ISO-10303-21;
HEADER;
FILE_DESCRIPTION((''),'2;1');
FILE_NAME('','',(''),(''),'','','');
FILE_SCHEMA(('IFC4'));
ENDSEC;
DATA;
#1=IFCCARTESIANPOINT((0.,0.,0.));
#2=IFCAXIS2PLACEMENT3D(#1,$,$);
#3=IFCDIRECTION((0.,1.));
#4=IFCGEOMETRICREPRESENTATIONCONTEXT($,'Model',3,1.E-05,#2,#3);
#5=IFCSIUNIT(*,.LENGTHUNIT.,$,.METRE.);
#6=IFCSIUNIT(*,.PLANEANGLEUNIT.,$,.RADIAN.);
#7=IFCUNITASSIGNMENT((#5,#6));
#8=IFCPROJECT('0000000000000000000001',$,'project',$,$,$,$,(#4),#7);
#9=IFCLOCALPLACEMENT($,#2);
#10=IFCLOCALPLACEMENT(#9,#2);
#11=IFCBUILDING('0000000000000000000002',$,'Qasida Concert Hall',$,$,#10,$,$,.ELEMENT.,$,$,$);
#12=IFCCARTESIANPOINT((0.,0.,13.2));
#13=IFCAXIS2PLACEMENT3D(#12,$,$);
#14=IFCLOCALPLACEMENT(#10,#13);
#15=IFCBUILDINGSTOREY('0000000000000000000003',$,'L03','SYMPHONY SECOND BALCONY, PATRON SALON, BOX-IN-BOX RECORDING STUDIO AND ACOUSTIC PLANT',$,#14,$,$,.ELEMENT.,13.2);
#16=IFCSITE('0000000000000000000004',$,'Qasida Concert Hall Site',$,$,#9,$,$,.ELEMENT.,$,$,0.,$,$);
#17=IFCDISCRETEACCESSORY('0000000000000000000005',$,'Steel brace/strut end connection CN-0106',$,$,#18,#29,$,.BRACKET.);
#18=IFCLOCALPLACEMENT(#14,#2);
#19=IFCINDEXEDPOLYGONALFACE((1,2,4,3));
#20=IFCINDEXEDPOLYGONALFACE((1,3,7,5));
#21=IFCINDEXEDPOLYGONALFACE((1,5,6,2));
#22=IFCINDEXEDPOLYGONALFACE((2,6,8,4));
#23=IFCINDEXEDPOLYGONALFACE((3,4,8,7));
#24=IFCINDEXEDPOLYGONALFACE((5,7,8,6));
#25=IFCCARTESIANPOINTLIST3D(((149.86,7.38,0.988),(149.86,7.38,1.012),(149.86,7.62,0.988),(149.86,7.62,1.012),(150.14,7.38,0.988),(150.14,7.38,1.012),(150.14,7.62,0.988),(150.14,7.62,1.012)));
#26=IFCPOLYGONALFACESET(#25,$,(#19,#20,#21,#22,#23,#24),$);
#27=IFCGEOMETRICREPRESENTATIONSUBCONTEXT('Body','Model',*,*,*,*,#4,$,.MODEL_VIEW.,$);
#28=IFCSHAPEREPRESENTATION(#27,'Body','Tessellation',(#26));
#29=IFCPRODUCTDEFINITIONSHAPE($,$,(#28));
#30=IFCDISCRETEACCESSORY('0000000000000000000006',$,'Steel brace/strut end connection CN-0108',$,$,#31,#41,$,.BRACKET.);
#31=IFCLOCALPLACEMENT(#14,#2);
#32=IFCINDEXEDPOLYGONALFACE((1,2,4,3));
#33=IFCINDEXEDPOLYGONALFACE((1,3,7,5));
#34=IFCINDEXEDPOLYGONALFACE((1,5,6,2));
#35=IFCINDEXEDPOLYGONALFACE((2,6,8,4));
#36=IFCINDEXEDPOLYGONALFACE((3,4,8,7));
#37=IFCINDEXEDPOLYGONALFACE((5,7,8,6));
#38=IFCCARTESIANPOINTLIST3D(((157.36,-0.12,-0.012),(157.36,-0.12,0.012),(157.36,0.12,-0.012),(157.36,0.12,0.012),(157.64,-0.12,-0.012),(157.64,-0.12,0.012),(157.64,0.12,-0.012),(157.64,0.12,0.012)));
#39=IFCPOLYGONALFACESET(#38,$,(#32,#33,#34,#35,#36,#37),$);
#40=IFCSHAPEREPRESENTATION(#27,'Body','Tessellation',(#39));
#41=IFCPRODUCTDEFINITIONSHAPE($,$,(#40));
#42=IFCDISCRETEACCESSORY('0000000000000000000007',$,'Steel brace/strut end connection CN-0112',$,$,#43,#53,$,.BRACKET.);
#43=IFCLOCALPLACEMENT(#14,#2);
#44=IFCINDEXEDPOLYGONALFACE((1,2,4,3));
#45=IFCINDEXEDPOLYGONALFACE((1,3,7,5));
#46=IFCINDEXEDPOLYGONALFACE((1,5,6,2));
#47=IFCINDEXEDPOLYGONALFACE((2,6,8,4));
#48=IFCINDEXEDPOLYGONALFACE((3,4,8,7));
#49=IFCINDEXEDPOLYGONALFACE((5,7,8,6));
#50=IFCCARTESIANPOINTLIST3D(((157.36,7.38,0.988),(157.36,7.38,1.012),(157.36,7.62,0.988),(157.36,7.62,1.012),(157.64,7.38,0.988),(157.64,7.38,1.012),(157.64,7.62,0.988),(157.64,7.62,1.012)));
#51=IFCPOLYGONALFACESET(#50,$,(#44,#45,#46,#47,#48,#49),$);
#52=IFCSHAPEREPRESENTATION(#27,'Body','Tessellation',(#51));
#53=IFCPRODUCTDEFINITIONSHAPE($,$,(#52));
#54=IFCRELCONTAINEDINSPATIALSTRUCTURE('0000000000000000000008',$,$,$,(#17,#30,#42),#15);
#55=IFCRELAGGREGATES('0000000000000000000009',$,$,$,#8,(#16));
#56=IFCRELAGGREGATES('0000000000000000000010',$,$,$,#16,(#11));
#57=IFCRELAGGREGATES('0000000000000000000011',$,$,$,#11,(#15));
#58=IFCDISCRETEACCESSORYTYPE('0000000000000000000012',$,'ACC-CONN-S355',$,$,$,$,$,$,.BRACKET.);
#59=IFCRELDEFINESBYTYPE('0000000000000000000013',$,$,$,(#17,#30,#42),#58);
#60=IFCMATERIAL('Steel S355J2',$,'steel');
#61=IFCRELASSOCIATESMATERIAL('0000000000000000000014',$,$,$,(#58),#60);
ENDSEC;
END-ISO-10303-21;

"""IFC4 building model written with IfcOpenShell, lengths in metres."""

from ifc_helpers import new_model, si_unit, direction, frame, origin, origin_2d, place, context, subcontext, project, spatial, rectangle, extrude, material, type_object, element, save


model = new_model("IFC4")

# Units and contexts
model_context = context("Model", 3, precision=1e-05, world=origin(), true_north=direction((0.0, 1.0)))
body_context = subcontext(model_context, "Body", "Model", "MODEL_VIEW")
ifc_project = project(units=[si_unit("LENGTHUNIT", "METRE"), si_unit("PLANEANGLEUNIT", "RADIAN")], contexts=[model_context])

# Site, building, storey
site_placement = place(None, origin())
site = spatial("IfcSite", under=ifc_project, at=site_placement, Name="Qasida Concert Hall Site", CompositionType="ELEMENT", RefElevation=0.0)
building_placement = place(site_placement, origin())
building = spatial("IfcBuilding", under=site, at=building_placement, Name="Qasida Concert Hall", CompositionType="ELEMENT")
storey_placement = place(building_placement, frame((0.0, 0.0, 13.2)))
storey = spatial("IfcBuildingStorey", under=building, at=storey_placement, Name="L03", Description="SYMPHONY SECOND BALCONY, PATRON SALON, BOX-IN-BOX RECORDING STUDIO AND ACOUSTIC PLANT", CompositionType="ELEMENT", Elevation=13.2)

# Shared definitions
ifc_material_1 = material(Name="Steel S355J2", Category="steel")

# Discrete accessories
discrete_accessory_type = type_object("IfcDiscreteAccessoryType", Name="ACC-CONN-S355", PredefinedType="BRACKET", material=ifc_material_1)
for number, where, z_axis, x_axis, name in (
    (1, (150.0, 7.5, 0.988), (0.0, 0.0, 1.0), (1.0, 0.0, 0.0), "Steel brace/strut end connection CN-0106"),
    (2, (157.5, 0.0, -0.012), (0.0, 0.0, 1.0), (1.0, 0.0, 0.0), "Steel brace/strut end connection CN-0108"),
    (3, (157.5, 7.5, 0.988), (0.0, 0.0, 1.0), (1.0, 0.0, 0.0), "Steel brace/strut end connection CN-0112"),
):
    element("IfcDiscreteAccessory", number, at=place(storey_placement, frame(where, z_axis=z_axis, x_axis=x_axis)), inside=storey, type_object=discrete_accessory_type, Name=name, PredefinedType="BRACKET", context=body_context, shape_type="SweptSolid", body=[
        extrude(rectangle(XDim=0.28, YDim=0.24, at=origin_2d()), origin(), (0.0, 0.0, 1.0), 0.0239),
    ])

save(model, "model.ifc")
